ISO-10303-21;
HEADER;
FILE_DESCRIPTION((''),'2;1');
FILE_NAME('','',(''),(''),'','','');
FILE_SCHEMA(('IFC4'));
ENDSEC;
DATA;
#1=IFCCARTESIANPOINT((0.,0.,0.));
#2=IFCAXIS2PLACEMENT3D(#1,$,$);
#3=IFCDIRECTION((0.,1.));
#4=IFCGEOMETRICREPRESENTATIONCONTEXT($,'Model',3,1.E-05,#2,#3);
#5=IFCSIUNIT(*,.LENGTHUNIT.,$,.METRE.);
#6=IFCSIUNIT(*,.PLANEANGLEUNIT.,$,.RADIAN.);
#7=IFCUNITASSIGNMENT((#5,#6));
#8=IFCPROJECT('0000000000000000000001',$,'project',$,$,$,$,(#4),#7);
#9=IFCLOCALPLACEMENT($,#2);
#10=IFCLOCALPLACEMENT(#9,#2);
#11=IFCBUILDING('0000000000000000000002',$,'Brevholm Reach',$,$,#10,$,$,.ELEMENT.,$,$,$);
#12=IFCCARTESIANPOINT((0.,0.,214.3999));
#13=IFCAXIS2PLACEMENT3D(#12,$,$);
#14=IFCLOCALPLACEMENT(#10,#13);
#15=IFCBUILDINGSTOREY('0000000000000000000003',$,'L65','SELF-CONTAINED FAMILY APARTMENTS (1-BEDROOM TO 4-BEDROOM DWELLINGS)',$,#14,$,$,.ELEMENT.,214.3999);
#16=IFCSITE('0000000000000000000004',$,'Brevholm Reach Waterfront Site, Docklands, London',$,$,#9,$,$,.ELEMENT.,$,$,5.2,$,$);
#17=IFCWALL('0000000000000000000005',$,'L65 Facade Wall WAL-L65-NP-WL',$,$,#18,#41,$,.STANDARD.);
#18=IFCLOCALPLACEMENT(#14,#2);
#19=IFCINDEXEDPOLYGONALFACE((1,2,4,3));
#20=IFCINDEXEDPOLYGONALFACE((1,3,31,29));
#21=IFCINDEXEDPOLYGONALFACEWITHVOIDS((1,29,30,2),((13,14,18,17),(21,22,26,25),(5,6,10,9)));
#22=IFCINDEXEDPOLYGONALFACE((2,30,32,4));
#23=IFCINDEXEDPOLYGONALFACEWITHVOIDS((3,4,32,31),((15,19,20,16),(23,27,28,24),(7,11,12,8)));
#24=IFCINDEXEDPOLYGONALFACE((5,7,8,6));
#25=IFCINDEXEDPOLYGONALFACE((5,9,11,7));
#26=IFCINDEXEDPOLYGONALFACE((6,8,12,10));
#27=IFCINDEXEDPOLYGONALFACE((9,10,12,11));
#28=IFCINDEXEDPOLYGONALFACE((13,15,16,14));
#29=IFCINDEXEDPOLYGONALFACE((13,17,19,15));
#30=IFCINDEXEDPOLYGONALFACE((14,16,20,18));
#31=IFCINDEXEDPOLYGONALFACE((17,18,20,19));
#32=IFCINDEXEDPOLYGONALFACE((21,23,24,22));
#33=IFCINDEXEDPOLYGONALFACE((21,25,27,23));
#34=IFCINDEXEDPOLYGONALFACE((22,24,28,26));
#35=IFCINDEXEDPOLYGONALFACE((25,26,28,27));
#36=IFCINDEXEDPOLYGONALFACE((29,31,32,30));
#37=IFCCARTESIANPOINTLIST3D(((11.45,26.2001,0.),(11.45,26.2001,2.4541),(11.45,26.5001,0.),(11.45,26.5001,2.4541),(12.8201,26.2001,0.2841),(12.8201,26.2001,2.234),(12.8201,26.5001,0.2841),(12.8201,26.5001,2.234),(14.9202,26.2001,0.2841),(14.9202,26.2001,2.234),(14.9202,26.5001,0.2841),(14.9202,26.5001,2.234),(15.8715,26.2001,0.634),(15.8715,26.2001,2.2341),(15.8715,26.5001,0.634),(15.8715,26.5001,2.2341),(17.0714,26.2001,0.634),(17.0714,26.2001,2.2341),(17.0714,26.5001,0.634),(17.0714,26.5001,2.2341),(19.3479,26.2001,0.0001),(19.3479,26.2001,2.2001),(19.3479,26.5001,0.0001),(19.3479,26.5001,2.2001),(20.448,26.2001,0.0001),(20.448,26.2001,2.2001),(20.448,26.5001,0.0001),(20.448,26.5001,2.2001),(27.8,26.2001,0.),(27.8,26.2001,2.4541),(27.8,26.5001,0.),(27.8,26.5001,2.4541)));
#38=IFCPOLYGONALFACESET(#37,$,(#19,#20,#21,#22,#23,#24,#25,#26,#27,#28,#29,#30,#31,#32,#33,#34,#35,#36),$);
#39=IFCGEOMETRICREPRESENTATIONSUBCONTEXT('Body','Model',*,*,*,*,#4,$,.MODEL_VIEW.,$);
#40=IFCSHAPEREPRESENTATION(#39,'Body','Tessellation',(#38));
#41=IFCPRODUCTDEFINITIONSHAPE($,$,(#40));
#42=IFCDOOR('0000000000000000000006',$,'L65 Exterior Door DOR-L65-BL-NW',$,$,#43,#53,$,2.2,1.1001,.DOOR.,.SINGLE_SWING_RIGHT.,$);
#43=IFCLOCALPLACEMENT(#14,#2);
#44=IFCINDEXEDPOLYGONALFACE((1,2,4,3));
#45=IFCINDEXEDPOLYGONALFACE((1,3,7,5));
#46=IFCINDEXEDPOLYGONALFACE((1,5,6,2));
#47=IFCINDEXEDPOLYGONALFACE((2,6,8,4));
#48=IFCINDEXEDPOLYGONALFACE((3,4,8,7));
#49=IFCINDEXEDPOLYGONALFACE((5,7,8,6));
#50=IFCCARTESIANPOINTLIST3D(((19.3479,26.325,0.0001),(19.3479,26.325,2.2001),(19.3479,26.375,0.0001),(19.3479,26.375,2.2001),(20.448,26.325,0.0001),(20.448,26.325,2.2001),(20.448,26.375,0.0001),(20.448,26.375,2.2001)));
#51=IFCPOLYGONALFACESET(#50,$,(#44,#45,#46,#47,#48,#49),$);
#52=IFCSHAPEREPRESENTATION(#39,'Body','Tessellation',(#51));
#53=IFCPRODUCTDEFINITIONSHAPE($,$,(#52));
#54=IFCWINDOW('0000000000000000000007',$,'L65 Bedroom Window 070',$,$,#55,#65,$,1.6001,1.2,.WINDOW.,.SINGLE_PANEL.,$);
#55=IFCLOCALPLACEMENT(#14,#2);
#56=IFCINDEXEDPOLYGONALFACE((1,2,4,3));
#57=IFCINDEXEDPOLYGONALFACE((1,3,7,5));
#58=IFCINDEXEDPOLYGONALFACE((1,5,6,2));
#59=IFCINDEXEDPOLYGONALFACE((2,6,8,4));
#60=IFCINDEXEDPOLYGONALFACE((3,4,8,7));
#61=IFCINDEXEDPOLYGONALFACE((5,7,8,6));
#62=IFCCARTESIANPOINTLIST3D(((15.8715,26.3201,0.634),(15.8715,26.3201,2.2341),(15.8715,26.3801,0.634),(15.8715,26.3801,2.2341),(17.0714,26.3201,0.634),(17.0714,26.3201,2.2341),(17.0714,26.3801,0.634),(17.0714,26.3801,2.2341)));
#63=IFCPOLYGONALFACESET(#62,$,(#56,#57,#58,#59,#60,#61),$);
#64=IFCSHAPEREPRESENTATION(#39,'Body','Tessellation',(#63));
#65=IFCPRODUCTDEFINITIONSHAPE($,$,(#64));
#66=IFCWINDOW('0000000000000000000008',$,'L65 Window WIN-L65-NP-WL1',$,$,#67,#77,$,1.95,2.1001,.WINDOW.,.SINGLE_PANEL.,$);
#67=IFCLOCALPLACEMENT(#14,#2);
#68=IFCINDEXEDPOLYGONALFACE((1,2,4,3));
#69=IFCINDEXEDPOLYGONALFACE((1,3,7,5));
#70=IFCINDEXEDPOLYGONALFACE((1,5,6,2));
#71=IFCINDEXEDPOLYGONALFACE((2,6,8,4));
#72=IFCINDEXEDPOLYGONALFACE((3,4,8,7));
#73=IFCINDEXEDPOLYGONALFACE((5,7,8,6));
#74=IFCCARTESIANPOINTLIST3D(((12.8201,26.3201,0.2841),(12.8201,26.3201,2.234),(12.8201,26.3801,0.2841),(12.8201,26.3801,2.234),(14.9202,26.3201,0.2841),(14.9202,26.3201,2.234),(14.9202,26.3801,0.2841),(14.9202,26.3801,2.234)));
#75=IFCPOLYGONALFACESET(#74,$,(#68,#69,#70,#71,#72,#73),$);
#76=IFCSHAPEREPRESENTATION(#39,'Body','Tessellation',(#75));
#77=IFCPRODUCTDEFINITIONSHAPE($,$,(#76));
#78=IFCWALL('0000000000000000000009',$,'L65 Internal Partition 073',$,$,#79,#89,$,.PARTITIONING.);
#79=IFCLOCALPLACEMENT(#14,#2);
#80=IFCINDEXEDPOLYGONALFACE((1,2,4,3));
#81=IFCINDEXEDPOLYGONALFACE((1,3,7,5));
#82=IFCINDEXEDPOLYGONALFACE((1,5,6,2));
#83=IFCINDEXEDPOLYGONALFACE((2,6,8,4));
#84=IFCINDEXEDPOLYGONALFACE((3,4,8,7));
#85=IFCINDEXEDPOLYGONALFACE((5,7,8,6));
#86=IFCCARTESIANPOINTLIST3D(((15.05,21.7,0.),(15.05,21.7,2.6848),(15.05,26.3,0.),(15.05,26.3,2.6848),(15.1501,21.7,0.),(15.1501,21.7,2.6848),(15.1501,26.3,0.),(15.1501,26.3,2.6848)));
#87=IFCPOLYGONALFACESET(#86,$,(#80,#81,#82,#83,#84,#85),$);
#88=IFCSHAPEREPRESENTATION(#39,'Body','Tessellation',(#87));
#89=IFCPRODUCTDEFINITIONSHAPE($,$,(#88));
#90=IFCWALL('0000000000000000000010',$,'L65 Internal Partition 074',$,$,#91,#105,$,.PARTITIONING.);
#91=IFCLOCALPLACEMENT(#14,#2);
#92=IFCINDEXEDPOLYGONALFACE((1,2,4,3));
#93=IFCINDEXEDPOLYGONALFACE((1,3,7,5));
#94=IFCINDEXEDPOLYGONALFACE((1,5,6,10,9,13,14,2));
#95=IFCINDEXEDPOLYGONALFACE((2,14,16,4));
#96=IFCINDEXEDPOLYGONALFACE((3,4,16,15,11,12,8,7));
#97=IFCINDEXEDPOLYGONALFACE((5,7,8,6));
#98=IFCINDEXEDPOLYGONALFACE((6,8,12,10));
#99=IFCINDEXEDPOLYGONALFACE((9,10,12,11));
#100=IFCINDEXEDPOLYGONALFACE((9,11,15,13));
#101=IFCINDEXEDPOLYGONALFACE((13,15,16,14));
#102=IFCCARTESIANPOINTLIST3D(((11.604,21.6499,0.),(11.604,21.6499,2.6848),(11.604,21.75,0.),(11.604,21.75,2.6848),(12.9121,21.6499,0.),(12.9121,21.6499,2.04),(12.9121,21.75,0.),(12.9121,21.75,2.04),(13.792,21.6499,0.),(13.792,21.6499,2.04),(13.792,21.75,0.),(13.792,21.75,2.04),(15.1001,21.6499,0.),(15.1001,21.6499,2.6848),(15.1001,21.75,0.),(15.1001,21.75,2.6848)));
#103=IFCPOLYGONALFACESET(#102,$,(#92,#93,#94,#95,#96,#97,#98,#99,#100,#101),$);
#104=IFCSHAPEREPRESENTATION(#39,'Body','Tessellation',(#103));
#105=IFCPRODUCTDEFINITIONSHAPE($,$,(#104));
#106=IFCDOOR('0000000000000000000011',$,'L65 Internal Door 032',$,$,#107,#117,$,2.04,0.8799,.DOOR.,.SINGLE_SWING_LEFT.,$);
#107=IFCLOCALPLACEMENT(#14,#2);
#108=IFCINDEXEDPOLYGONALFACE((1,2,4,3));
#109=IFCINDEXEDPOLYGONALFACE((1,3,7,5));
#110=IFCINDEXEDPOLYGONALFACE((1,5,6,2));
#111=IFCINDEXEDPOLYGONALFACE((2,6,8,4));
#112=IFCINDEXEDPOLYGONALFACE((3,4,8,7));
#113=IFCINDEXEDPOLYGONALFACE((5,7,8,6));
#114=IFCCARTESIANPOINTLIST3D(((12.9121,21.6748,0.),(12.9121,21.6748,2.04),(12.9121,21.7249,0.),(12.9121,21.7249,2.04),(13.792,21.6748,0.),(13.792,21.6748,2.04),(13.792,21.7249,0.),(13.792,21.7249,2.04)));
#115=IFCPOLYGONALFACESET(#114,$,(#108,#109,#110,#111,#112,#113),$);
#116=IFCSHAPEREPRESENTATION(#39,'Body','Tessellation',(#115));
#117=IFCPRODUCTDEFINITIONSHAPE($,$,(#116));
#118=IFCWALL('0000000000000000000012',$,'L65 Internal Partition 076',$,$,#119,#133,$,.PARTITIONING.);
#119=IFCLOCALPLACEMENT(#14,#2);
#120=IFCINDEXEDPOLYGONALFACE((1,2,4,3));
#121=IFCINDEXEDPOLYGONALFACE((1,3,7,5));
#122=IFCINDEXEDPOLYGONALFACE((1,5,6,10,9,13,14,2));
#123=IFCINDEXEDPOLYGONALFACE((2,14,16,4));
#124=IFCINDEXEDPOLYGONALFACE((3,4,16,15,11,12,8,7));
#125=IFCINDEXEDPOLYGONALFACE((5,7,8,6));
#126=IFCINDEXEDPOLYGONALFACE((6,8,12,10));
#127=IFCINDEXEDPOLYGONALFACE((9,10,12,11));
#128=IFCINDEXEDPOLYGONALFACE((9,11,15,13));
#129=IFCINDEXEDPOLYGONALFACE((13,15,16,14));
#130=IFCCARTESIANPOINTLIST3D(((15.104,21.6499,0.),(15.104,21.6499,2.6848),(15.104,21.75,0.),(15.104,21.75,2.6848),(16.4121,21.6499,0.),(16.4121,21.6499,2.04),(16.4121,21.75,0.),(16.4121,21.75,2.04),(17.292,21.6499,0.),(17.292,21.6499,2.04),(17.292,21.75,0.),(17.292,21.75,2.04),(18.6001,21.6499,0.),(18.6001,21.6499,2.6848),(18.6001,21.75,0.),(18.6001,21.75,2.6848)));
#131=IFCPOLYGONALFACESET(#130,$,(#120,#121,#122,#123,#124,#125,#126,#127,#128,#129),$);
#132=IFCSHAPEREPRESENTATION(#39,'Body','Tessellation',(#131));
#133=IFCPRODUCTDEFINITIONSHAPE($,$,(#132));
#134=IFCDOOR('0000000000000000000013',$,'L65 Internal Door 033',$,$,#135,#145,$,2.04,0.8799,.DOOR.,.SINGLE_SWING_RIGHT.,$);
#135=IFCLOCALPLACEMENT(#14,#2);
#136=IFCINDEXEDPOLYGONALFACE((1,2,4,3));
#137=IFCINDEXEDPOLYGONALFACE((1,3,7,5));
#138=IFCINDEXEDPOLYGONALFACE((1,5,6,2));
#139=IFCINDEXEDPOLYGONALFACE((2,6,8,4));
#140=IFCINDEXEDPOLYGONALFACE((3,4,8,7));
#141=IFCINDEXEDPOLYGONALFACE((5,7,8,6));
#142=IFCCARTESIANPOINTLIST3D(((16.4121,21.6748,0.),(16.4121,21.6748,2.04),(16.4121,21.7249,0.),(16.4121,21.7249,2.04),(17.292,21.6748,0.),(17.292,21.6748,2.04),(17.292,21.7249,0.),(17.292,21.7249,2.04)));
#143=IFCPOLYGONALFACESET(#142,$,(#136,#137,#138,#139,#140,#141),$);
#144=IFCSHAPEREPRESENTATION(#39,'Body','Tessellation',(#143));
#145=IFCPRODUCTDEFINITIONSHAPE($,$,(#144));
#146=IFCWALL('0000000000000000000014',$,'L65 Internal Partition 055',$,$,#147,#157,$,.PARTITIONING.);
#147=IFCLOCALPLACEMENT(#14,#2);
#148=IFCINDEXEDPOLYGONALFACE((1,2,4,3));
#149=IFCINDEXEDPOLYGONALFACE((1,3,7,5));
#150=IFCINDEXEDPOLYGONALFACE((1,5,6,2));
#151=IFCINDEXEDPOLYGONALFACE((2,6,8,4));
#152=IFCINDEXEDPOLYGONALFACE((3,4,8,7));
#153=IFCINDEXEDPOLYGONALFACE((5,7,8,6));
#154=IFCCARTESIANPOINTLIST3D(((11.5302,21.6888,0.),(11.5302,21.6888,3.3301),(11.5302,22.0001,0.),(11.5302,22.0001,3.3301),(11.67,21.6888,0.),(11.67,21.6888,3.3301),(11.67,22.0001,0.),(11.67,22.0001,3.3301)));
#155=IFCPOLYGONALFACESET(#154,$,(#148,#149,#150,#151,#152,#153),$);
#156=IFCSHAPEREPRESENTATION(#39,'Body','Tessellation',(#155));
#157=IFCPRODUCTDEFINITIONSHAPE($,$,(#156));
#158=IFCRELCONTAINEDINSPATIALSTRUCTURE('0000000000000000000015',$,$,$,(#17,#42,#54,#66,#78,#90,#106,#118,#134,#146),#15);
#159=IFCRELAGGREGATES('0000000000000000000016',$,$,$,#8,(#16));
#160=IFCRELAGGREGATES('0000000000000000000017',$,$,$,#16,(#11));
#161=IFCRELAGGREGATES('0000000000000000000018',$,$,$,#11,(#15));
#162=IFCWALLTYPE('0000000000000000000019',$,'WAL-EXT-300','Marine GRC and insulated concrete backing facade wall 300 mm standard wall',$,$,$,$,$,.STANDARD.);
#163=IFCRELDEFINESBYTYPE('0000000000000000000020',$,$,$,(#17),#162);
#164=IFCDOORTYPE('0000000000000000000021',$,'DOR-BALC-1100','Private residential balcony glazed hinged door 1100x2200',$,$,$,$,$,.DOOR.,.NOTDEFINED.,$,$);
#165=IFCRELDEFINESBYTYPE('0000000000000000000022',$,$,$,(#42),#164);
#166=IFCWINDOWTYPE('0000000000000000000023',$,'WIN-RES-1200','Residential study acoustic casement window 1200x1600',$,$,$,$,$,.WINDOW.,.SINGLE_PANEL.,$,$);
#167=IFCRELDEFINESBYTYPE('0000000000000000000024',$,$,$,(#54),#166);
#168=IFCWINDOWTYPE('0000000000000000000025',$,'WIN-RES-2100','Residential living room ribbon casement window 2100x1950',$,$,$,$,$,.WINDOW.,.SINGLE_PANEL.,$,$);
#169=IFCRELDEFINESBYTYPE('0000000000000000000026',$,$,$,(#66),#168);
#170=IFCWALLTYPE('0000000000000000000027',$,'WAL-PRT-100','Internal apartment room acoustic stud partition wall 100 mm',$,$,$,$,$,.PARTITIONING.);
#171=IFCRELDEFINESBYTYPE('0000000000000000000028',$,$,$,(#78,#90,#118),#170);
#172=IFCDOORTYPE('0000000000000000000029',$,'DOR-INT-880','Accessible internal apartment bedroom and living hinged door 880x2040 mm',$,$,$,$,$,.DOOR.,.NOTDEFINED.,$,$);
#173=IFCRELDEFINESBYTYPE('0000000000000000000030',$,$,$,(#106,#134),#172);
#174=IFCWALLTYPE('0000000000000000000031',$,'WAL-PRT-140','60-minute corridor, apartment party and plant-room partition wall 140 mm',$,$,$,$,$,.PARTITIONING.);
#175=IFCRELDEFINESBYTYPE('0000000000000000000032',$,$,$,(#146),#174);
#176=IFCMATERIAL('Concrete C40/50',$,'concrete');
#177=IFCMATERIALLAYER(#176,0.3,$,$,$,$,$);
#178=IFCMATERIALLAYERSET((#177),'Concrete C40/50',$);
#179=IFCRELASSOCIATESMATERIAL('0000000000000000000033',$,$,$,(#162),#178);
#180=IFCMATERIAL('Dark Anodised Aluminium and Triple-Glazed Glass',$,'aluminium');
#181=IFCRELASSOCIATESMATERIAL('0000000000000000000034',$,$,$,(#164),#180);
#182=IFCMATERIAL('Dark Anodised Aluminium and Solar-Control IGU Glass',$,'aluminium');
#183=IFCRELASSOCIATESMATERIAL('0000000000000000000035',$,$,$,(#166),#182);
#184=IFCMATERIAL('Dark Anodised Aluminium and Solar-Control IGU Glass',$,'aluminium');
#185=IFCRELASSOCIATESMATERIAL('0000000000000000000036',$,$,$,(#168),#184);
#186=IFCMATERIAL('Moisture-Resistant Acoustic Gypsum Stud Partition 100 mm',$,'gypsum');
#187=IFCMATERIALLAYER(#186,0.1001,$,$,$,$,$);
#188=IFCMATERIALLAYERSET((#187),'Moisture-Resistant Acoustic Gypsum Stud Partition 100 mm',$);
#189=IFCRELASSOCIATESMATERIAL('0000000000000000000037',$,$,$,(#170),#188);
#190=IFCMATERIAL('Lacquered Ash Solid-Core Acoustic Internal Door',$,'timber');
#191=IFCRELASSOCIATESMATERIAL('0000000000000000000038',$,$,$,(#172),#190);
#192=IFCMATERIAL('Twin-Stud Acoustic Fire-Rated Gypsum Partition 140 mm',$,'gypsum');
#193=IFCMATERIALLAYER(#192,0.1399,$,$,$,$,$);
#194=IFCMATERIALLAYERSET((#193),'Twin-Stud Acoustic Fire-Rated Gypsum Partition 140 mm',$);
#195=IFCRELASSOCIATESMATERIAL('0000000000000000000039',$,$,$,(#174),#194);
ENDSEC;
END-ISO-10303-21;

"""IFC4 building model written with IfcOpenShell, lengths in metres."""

from ifc_helpers import new_model, si_unit, direction, frame, frame_2d, origin, place, context, subcontext, project, spatial, rectangle, extrude, material, layer, layer_set, type_object, element, fill, save


model = new_model("IFC4")

# Units and contexts
model_context = context("Model", 3, precision=1e-05, world=origin(), true_north=direction((0.0, 1.0)))
body_context = subcontext(model_context, "Body", "Model", "MODEL_VIEW")
ifc_project = project(units=[si_unit("LENGTHUNIT", "METRE"), si_unit("PLANEANGLEUNIT", "RADIAN")], contexts=[model_context])

# Site, building, storey
site_placement = place(None, origin())
site = spatial("IfcSite", under=ifc_project, at=site_placement, Name="Brevholm Reach Waterfront Site, Docklands, London", CompositionType="ELEMENT", RefElevation=5.2)
building_placement = place(site_placement, origin())
building = spatial("IfcBuilding", under=site, at=building_placement, Name="Brevholm Reach", CompositionType="ELEMENT")
storey_placement = place(building_placement, frame((0.0, 0.0, 214.3999)))
storey = spatial("IfcBuildingStorey", under=building, at=storey_placement, Name="L65", Description="SELF-CONTAINED FAMILY APARTMENTS (1-BEDROOM TO 4-BEDROOM DWELLINGS)", CompositionType="ELEMENT", Elevation=214.3999)

# Wall, openings, door, windows
ifc_material_1 = material(Name="Concrete C40/50", Category="concrete")
ifc_layer_1 = layer(ifc_material_1, 0.3)
ifc_layer_set_1 = layer_set([ifc_layer_1], Name="Concrete C40/50")
wall_type_1 = type_object("IfcWallType", Name="WAL-EXT-300", Description="Marine GRC and insulated concrete backing facade wall 300 mm standard wall", PredefinedType="STANDARD", material=ifc_layer_set_1)
wall_1_placement = place(storey_placement, frame((11.45, 26.3501, 0.0), z_axis=(0.0, 0.0, 1.0), x_axis=(1.0, 0.0, 0.0)))
wall_1 = element("IfcWall", 1, at=wall_1_placement, inside=storey, type_object=wall_type_1, Name="L65 Facade Wall WAL-L65-NP-WL", PredefinedType="STANDARD", context=body_context, shape_type="SweptSolid", body=[
    extrude(rectangle(XDim=16.3501, YDim=0.3, at=frame_2d((8.175, 0.0))), origin(), (0.0, 0.0, 1.0), 2.4541),
])
opening_1_placement = place(wall_1_placement, frame((7.8979, 0.0, 0.0)))
opening_1 = element("IfcOpeningElement", 2, at=opening_1_placement, cuts=wall_1, PredefinedType="OPENING", context=body_context, shape_type="SweptSolid", body=[
    extrude(rectangle(XDim=1.1001, YDim=2.2, at=frame_2d((0.55, 1.1001))), frame((0.0, 0.1599, 0.0), z_axis=(0.0, -1.0, 0.0), x_axis=(1.0, 0.0, 0.0)), (0.0, 0.0, 1.0), 0.3201),
])
opening_2_placement = place(wall_1_placement, frame((1.3701, 0.0, 0.2839)))
opening_2 = element("IfcOpeningElement", 3, at=opening_2_placement, cuts=wall_1, PredefinedType="OPENING", context=body_context, shape_type="SweptSolid", body=[
    extrude(rectangle(XDim=2.1001, YDim=1.95, at=frame_2d((1.05, 0.9751))), frame((0.0, 0.1599, 0.0), z_axis=(0.0, -1.0, 0.0), x_axis=(1.0, 0.0, 0.0)), (0.0, 0.0, 1.0), 0.3201),
])
opening_3_placement = place(wall_1_placement, frame((4.4214, 0.0, 0.634)))
opening_3 = element("IfcOpeningElement", 4, at=opening_3_placement, cuts=wall_1, PredefinedType="OPENING", context=body_context, shape_type="SweptSolid", body=[
    extrude(rectangle(XDim=1.2, YDim=1.6001, at=frame_2d((0.6001, 0.8))), frame((0.0, 0.1599, 0.0), z_axis=(0.0, -1.0, 0.0), x_axis=(1.0, 0.0, 0.0)), (0.0, 0.0, 1.0), 0.3201),
])
ifc_material_2 = material(Name="Dark Anodised Aluminium and Triple-Glazed Glass", Category="aluminium")
door_type_1 = type_object("IfcDoorType", Name="DOR-BALC-1100", Description="Private residential balcony glazed hinged door 1100x2200", OperationType="NOTDEFINED", PredefinedType="DOOR", material=ifc_material_2)
door_1_placement = place(opening_1_placement, origin())
door_1 = element("IfcDoor", 5, at=door_1_placement, inside=storey, type_object=door_type_1, Name="L65 Exterior Door DOR-L65-BL-NW", OperationType="SINGLE_SWING_RIGHT", OverallHeight=2.2, OverallWidth=1.1001, PredefinedType="DOOR", context=body_context, shape_type="SweptSolid", body=[
    extrude(rectangle(XDim=1.1001, YDim=2.2, at=frame_2d((0.55, 1.1001))), frame((0.0, 0.0249, 0.0), z_axis=(0.0, -1.0, 0.0), x_axis=(1.0, 0.0, 0.0)), (0.0, 0.0, 1.0), 0.05),
])
fill(opening_1, door_1)
ifc_material_3 = material(Name="Dark Anodised Aluminium and Solar-Control IGU Glass", Category="aluminium")
window_type_1 = type_object("IfcWindowType", Name="WIN-RES-1200", Description="Residential study acoustic casement window 1200x1600", PartitioningType="SINGLE_PANEL", PredefinedType="WINDOW", material=ifc_material_3)
window_1_placement = place(opening_3_placement, origin())
window_1 = element("IfcWindow", 6, at=window_1_placement, inside=storey, type_object=window_type_1, Name="L65 Bedroom Window 070", OverallHeight=1.6001, OverallWidth=1.2, PartitioningType="SINGLE_PANEL", PredefinedType="WINDOW", context=body_context, shape_type="SweptSolid", body=[
    extrude(rectangle(XDim=1.2, YDim=1.6001, at=frame_2d((0.6001, 0.8))), frame((0.0, 0.03, 0.0), z_axis=(0.0, -1.0, 0.0), x_axis=(1.0, 0.0, 0.0)), (0.0, 0.0, 1.0), 0.0601),
])
fill(opening_3, window_1)
ifc_material_4 = material(Name="Dark Anodised Aluminium and Solar-Control IGU Glass", Category="aluminium")
window_type_2 = type_object("IfcWindowType", Name="WIN-RES-2100", Description="Residential living room ribbon casement window 2100x1950", PartitioningType="SINGLE_PANEL", PredefinedType="WINDOW", material=ifc_material_4)
window_2_placement = place(opening_2_placement, origin())
window_2 = element("IfcWindow", 7, at=window_2_placement, inside=storey, type_object=window_type_2, Name="L65 Window WIN-L65-NP-WL1", OverallHeight=1.95, OverallWidth=2.1001, PartitioningType="SINGLE_PANEL", PredefinedType="WINDOW", context=body_context, shape_type="SweptSolid", body=[
    extrude(rectangle(XDim=2.1001, YDim=1.95, at=frame_2d((1.05, 0.9751))), frame((0.0, 0.03, 0.0), z_axis=(0.0, -1.0, 0.0), x_axis=(1.0, 0.0, 0.0)), (0.0, 0.0, 1.0), 0.0601),
])
fill(opening_2, window_2)

# Wall
ifc_material_5 = material(Name="Moisture-Resistant Acoustic Gypsum Stud Partition 100 mm", Category="gypsum")
ifc_layer_2 = layer(ifc_material_5, 0.1001)
ifc_layer_set_2 = layer_set([ifc_layer_2], Name="Moisture-Resistant Acoustic Gypsum Stud Partition 100 mm")
wall_type_2 = type_object("IfcWallType", Name="WAL-PRT-100", Description="Internal apartment room acoustic stud partition wall 100 mm", PredefinedType="PARTITIONING", material=ifc_layer_set_2)
wall_2_placement = place(storey_placement, frame((15.1001, 21.7, 0.0), z_axis=(0.0, 0.0, 1.0), x_axis=(0.0, 1.0, 0.0)))
element("IfcWall", 8, at=wall_2_placement, inside=storey, type_object=wall_type_2, Name="L65 Internal Partition 073", PredefinedType="PARTITIONING", context=body_context, shape_type="SweptSolid", body=[
    extrude(rectangle(XDim=4.6001, YDim=0.1001, at=frame_2d((2.3, 0.0))), origin(), (0.0, 0.0, 1.0), 2.6848),
])

# Walls, openings, doors
wall_3_placement = place(storey_placement, frame((11.604, 21.7, 0.0), z_axis=(0.0, 0.0, 1.0), x_axis=(1.0, 0.0, 0.0)))
wall_3 = element("IfcWall", 9, at=wall_3_placement, inside=storey, type_object=wall_type_2, Name="L65 Internal Partition 074", PredefinedType="PARTITIONING", context=body_context, shape_type="SweptSolid", body=[
    extrude(rectangle(XDim=3.4961, YDim=0.1001, at=frame_2d((1.748, 0.0))), origin(), (0.0, 0.0, 1.0), 2.6848),
])
opening_4_placement = place(wall_3_placement, frame((1.3081, 0.0, 0.0)))
opening_4 = element("IfcOpeningElement", 10, at=opening_4_placement, cuts=wall_3, PredefinedType="OPENING", context=body_context, shape_type="SweptSolid", body=[
    extrude(rectangle(XDim=0.8799, YDim=2.04, at=frame_2d((0.4399, 1.02))), frame((0.0, 0.0601, 0.0), z_axis=(0.0, -1.0, 0.0), x_axis=(1.0, 0.0, 0.0)), (0.0, 0.0, 1.0), 0.1201),
])
ifc_material_6 = material(Name="Lacquered Ash Solid-Core Acoustic Internal Door", Category="timber")
door_type_2 = type_object("IfcDoorType", Name="DOR-INT-880", Description="Accessible internal apartment bedroom and living hinged door 880x2040 mm", OperationType="NOTDEFINED", PredefinedType="DOOR", material=ifc_material_6)
door_2_placement = place(opening_4_placement, origin())
door_2 = element("IfcDoor", 11, at=door_2_placement, inside=storey, type_object=door_type_2, Name="L65 Internal Door 032", OperationType="SINGLE_SWING_LEFT", OverallHeight=2.04, OverallWidth=0.8799, PredefinedType="DOOR", context=body_context, shape_type="SweptSolid", body=[
    extrude(rectangle(XDim=0.8799, YDim=2.04, at=frame_2d((0.4399, 1.02))), frame((0.0, 0.0249, 0.0), z_axis=(0.0, -1.0, 0.0), x_axis=(1.0, 0.0, 0.0)), (0.0, 0.0, 1.0), 0.05),
])
fill(opening_4, door_2)
wall_4_placement = place(storey_placement, frame((15.104, 21.7, 0.0), z_axis=(0.0, 0.0, 1.0), x_axis=(1.0, 0.0, 0.0)))
wall_4 = element("IfcWall", 12, at=wall_4_placement, inside=storey, type_object=wall_type_2, Name="L65 Internal Partition 076", PredefinedType="PARTITIONING", context=body_context, shape_type="SweptSolid", body=[
    extrude(rectangle(XDim=3.4961, YDim=0.1001, at=frame_2d((1.748, 0.0))), origin(), (0.0, 0.0, 1.0), 2.6848),
])
opening_5_placement = place(wall_4_placement, frame((1.3081, 0.0, 0.0)))
opening_5 = element("IfcOpeningElement", 13, at=opening_5_placement, cuts=wall_4, PredefinedType="OPENING", context=body_context, shape_type="SweptSolid", body=[
    extrude(rectangle(XDim=0.8799, YDim=2.04, at=frame_2d((0.4399, 1.02))), frame((0.0, 0.0601, 0.0), z_axis=(0.0, -1.0, 0.0), x_axis=(1.0, 0.0, 0.0)), (0.0, 0.0, 1.0), 0.1201),
])
door_3_placement = place(opening_5_placement, origin())
door_3 = element("IfcDoor", 14, at=door_3_placement, inside=storey, type_object=door_type_2, Name="L65 Internal Door 033", OperationType="SINGLE_SWING_RIGHT", OverallHeight=2.04, OverallWidth=0.8799, PredefinedType="DOOR", context=body_context, shape_type="SweptSolid", body=[
    extrude(rectangle(XDim=0.8799, YDim=2.04, at=frame_2d((0.4399, 1.02))), frame((0.0, 0.0249, 0.0), z_axis=(0.0, -1.0, 0.0), x_axis=(1.0, 0.0, 0.0)), (0.0, 0.0, 1.0), 0.05),
])
fill(opening_5, door_3)

# Wall
ifc_material_7 = material(Name="Twin-Stud Acoustic Fire-Rated Gypsum Partition 140 mm", Category="gypsum")
ifc_layer_3 = layer(ifc_material_7, 0.1399)
ifc_layer_set_3 = layer_set([ifc_layer_3], Name="Twin-Stud Acoustic Fire-Rated Gypsum Partition 140 mm")
wall_type_3 = type_object("IfcWallType", Name="WAL-PRT-140", Description="60-minute corridor, apartment party and plant-room partition wall 140 mm", PredefinedType="PARTITIONING", material=ifc_layer_set_3)
wall_5_placement = place(storey_placement, frame((11.6001, 21.6887, 0.0), z_axis=(0.0, 0.0, 1.0), x_axis=(0.0, 1.0, 0.0)))
element("IfcWall", 15, at=wall_5_placement, inside=storey, type_object=wall_type_3, Name="L65 Internal Partition 055", PredefinedType="PARTITIONING", context=body_context, shape_type="SweptSolid", body=[
    extrude(rectangle(XDim=0.3113, YDim=0.1399, at=frame_2d((0.1558, 0.0))), origin(), (0.0, 0.0, 1.0), 3.3301),
])

save(model, "model.ifc")
